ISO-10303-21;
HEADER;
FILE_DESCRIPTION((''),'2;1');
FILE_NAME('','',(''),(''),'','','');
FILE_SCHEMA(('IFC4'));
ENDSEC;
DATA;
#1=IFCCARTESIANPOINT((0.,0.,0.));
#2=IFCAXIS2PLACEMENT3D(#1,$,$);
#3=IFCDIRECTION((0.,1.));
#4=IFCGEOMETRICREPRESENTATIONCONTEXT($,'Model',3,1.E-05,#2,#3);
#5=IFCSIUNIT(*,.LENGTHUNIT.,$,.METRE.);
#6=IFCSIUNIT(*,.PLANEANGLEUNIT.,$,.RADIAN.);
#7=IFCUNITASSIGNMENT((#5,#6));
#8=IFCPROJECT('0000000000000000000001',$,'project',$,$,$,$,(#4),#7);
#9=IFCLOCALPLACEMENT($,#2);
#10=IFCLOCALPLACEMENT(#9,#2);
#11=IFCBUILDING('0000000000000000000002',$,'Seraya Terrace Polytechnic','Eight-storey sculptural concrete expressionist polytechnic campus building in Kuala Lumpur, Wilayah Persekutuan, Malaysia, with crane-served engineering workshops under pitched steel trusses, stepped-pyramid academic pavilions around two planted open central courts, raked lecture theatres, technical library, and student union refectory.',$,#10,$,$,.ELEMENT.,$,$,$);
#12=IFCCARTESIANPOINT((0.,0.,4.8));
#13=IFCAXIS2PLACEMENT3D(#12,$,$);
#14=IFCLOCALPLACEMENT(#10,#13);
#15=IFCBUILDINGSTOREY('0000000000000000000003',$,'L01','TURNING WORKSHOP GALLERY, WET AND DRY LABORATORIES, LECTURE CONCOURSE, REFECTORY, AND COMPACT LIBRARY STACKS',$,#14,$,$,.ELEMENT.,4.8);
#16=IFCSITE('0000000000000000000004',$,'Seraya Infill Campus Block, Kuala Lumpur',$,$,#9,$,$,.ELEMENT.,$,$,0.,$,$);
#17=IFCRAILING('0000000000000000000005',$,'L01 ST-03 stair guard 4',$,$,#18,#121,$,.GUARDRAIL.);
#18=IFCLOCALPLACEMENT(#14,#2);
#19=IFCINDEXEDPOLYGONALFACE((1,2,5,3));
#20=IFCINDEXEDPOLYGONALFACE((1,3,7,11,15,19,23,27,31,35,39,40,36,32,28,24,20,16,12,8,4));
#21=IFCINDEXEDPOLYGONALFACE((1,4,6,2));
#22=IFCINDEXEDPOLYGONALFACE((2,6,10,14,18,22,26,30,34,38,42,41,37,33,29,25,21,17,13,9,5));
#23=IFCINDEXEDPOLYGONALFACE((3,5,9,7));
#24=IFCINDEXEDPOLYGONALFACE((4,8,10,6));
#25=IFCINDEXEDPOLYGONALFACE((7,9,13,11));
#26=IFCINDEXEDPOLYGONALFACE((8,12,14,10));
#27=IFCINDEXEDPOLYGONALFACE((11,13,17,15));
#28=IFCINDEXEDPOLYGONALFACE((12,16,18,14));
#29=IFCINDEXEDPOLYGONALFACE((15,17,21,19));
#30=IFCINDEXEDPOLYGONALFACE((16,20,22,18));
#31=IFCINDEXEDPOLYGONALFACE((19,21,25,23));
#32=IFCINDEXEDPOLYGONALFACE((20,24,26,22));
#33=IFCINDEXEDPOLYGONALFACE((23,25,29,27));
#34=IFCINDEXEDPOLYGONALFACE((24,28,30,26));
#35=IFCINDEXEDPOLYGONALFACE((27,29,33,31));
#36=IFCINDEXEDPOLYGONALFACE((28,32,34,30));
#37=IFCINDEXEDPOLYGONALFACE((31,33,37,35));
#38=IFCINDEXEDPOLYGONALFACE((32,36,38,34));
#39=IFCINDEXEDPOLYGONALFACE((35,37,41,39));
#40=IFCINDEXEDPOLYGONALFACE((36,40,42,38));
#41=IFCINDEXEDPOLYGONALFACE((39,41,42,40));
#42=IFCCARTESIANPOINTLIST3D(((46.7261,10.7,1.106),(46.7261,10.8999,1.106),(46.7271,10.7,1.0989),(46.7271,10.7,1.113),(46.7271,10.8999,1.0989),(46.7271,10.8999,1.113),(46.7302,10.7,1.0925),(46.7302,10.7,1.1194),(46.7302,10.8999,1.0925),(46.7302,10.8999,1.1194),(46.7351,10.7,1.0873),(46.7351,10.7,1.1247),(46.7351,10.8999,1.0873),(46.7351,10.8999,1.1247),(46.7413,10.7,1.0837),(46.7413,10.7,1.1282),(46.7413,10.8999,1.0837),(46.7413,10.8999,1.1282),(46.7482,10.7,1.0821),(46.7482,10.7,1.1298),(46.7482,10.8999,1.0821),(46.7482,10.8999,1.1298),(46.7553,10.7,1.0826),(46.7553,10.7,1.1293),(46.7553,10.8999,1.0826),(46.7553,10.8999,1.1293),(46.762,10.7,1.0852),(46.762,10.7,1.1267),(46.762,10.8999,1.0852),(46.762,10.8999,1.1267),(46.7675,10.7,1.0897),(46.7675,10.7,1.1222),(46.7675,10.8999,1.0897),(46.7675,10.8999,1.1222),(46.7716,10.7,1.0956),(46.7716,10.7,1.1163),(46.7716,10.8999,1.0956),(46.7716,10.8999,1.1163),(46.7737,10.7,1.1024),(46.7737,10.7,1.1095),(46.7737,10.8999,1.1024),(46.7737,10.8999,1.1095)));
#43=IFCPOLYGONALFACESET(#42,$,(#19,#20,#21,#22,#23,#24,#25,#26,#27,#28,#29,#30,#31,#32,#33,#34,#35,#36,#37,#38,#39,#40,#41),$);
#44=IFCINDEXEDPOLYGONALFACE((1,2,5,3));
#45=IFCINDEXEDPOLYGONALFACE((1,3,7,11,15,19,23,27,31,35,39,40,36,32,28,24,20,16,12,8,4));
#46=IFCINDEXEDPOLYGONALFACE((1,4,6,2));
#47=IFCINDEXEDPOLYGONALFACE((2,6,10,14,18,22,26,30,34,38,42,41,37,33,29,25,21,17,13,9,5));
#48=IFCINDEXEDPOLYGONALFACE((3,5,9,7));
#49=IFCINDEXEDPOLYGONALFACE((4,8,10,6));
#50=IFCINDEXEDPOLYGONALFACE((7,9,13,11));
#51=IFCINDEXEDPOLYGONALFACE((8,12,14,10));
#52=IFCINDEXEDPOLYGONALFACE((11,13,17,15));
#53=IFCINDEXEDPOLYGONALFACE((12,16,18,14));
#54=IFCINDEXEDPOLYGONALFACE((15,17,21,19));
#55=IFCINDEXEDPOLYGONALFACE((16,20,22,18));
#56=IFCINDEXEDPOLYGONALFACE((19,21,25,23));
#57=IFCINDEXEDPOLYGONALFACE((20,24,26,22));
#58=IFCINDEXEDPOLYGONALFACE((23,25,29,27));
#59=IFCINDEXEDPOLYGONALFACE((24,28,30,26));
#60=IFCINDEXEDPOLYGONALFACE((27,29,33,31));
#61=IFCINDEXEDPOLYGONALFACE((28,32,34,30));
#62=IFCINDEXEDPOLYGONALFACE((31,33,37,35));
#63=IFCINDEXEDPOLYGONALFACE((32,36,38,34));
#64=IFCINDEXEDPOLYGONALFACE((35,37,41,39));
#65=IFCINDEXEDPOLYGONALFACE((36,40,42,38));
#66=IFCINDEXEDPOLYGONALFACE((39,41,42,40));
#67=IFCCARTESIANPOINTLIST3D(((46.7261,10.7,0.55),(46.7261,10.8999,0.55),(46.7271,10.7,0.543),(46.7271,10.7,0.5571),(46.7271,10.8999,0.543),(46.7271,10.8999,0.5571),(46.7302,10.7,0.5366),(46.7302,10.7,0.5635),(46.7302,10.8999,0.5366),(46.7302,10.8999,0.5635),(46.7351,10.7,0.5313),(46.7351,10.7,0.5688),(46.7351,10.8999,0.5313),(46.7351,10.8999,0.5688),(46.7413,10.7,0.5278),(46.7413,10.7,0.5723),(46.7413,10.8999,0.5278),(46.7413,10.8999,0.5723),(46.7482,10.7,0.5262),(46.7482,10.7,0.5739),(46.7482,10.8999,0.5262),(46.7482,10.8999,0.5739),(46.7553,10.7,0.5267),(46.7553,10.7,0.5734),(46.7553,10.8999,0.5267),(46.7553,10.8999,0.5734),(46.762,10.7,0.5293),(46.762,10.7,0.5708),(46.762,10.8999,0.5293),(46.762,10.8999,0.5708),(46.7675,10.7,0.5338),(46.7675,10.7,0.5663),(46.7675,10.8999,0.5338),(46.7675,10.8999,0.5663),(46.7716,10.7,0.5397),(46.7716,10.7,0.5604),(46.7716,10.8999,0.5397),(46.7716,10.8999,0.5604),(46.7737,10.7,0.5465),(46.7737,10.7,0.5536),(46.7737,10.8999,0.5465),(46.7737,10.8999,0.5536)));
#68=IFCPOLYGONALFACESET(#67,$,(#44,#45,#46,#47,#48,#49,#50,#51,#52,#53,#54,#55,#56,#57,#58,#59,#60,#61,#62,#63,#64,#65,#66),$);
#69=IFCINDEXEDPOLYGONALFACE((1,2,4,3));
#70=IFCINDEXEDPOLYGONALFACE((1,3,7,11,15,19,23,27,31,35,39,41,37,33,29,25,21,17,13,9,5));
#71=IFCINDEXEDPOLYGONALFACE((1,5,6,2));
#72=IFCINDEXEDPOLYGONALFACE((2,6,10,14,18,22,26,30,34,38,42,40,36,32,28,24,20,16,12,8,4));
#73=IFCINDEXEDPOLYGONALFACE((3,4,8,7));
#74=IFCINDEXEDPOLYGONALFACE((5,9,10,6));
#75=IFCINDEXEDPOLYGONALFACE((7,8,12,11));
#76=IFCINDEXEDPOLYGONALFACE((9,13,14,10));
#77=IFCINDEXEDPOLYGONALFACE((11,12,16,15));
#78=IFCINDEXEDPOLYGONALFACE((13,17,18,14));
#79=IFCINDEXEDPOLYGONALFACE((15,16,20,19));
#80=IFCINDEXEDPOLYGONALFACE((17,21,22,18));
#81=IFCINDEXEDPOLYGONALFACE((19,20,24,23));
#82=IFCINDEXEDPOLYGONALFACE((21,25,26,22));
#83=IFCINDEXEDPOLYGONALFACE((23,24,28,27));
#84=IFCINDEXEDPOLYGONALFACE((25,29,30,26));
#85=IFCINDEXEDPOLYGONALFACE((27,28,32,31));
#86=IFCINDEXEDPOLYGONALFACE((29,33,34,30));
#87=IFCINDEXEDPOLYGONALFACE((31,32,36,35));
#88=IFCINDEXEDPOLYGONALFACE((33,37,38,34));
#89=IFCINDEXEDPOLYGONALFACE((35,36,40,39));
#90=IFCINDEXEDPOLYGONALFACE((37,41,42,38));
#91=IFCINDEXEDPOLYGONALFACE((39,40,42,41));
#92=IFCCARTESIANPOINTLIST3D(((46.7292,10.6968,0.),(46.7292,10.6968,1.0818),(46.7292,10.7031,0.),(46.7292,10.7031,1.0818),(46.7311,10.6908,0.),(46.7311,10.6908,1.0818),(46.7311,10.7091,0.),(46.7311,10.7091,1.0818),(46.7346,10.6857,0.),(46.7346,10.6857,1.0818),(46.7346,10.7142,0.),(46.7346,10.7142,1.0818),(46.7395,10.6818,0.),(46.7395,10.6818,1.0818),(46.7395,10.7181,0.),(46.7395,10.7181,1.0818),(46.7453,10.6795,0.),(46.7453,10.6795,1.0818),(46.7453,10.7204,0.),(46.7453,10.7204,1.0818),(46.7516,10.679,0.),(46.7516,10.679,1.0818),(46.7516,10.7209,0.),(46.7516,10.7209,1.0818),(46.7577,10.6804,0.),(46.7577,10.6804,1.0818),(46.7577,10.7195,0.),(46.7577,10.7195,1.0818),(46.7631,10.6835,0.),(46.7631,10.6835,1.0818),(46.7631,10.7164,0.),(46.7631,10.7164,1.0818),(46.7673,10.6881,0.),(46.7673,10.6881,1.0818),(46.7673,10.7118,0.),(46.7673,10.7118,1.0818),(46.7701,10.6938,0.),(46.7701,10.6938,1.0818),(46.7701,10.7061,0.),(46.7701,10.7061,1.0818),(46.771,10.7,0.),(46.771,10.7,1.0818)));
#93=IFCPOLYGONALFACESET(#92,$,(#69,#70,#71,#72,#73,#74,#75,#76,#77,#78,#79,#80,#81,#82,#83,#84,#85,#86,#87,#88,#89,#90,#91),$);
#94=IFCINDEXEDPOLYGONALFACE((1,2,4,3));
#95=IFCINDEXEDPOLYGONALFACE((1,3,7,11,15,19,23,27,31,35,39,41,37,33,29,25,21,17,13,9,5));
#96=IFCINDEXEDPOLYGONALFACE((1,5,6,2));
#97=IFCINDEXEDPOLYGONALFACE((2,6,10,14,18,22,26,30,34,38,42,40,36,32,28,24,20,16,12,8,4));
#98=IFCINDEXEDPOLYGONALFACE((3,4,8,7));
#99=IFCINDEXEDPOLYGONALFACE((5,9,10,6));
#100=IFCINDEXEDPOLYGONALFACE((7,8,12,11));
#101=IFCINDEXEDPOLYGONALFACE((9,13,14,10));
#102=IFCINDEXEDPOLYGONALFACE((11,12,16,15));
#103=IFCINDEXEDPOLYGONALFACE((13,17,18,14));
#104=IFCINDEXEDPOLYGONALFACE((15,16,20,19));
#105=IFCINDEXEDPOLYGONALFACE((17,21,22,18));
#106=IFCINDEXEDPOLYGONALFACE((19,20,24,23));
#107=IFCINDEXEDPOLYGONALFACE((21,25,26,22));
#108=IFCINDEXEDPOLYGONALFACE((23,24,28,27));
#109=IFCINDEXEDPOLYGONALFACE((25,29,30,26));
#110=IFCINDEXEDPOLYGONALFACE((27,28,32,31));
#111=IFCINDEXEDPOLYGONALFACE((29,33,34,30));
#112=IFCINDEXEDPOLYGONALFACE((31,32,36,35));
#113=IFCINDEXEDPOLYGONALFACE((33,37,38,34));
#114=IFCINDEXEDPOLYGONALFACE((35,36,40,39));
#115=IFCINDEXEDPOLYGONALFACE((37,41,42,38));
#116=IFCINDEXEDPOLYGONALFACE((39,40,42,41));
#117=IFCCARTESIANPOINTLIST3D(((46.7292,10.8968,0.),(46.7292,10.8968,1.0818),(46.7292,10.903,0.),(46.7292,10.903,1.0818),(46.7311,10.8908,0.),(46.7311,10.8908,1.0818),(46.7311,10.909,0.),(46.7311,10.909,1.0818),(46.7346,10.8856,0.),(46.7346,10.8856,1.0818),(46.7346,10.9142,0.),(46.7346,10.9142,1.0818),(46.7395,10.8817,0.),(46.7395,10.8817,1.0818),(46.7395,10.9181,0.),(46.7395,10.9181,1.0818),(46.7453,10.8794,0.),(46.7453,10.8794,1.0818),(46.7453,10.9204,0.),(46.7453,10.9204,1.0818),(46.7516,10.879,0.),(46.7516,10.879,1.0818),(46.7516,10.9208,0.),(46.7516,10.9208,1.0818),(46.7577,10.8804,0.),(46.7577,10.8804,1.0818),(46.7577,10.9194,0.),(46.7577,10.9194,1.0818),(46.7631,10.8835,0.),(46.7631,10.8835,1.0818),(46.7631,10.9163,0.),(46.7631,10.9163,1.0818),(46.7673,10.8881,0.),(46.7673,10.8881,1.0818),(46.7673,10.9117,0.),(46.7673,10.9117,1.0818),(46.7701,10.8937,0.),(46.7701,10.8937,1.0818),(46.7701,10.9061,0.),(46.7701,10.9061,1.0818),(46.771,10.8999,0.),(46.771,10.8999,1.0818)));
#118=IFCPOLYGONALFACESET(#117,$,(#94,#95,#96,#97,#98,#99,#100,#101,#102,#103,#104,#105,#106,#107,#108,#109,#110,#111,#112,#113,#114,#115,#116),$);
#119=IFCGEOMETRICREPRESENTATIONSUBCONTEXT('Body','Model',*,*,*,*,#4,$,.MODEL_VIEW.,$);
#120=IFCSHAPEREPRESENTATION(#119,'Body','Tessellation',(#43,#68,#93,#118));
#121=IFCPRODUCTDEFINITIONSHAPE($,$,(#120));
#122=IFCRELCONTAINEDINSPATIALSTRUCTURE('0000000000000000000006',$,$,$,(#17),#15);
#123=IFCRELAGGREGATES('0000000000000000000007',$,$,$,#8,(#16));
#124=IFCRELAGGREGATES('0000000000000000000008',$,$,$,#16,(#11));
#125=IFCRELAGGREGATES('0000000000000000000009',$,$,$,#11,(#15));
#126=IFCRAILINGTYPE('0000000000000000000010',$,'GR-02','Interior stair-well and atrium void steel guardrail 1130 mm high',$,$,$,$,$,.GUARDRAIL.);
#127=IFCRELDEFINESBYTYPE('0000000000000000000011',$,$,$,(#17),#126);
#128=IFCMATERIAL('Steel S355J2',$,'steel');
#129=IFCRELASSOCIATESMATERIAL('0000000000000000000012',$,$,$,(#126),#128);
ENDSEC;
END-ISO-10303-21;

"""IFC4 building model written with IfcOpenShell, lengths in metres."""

from ifc_helpers import new_model, si_unit, direction, frame, origin, origin_2d, place, context, subcontext, project, spatial, circle, extrude, material, type_object, element, save


model = new_model("IFC4")

# Units and contexts
model_context = context("Model", 3, precision=1e-05, world=origin(), true_north=direction((0.0, 1.0)))
body_context = subcontext(model_context, "Body", "Model", "MODEL_VIEW")
ifc_project = project(units=[si_unit("LENGTHUNIT", "METRE"), si_unit("PLANEANGLEUNIT", "RADIAN")], contexts=[model_context])

# Site, building, storey
site_placement = place(None, origin())
site = spatial("IfcSite", under=ifc_project, at=site_placement, Name="Seraya Infill Campus Block, Kuala Lumpur", CompositionType="ELEMENT", RefElevation=0.0)
building_placement = place(site_placement, origin())
building = spatial("IfcBuilding", under=site, at=building_placement, Name="Seraya Terrace Polytechnic", Description="Eight-storey sculptural concrete expressionist polytechnic campus building in Kuala Lumpur, Wilayah Persekutuan, Malaysia, with crane-served engineering workshops under pitched steel trusses, stepped-pyramid academic pavilions around two planted open central courts, raked lecture theatres, technical library, and student union refectory.", CompositionType="ELEMENT")
storey_placement = place(building_placement, frame((0.0, 0.0, 4.8)))
storey = spatial("IfcBuildingStorey", under=building, at=storey_placement, Name="L01", Description="TURNING WORKSHOP GALLERY, WET AND DRY LABORATORIES, LECTURE CONCOURSE, REFECTORY, AND COMPACT LIBRARY STACKS", CompositionType="ELEMENT", Elevation=4.8)

# Shared definitions
ifc_material_1 = material(Name="Steel S355J2", Category="steel")

# Railing
railing_type_1 = type_object("IfcRailingType", Name="GR-02", Description="Interior stair-well and atrium void steel guardrail 1130 mm high", PredefinedType="GUARDRAIL", material=ifc_material_1)
railing_1_placement = place(storey_placement, frame((46.75, 10.7, 0.0)))
element("IfcRailing", 1, at=railing_1_placement, inside=storey, type_object=railing_type_1, Name="L01 ST-03 stair guard 4", PredefinedType="GUARDRAIL", context=body_context, shape_type="SweptSolid", body=[
    extrude(circle(Radius=0.0239, at=origin_2d()), frame((0.0, 0.0, 1.106), z_axis=(0.0, 1.0, 0.0), x_axis=(-1.0, 0.0, 0.0)), (0.0, 0.0, 1.0), 0.2),
    extrude(circle(Radius=0.0239, at=origin_2d()), frame((0.0, 0.0, 0.55), z_axis=(0.0, 1.0, 0.0), x_axis=(-1.0, 0.0, 0.0)), (0.0, 0.0, 1.0), 0.2),
    extrude(circle(Radius=0.021, at=origin_2d()), origin(), (0.0, 0.0, 1.0), 1.0818),
    extrude(circle(Radius=0.021, at=origin_2d()), frame((0.0, 0.2, 0.0)), (0.0, 0.0, 1.0), 1.0818),
])

save(model, "model.ifc")
